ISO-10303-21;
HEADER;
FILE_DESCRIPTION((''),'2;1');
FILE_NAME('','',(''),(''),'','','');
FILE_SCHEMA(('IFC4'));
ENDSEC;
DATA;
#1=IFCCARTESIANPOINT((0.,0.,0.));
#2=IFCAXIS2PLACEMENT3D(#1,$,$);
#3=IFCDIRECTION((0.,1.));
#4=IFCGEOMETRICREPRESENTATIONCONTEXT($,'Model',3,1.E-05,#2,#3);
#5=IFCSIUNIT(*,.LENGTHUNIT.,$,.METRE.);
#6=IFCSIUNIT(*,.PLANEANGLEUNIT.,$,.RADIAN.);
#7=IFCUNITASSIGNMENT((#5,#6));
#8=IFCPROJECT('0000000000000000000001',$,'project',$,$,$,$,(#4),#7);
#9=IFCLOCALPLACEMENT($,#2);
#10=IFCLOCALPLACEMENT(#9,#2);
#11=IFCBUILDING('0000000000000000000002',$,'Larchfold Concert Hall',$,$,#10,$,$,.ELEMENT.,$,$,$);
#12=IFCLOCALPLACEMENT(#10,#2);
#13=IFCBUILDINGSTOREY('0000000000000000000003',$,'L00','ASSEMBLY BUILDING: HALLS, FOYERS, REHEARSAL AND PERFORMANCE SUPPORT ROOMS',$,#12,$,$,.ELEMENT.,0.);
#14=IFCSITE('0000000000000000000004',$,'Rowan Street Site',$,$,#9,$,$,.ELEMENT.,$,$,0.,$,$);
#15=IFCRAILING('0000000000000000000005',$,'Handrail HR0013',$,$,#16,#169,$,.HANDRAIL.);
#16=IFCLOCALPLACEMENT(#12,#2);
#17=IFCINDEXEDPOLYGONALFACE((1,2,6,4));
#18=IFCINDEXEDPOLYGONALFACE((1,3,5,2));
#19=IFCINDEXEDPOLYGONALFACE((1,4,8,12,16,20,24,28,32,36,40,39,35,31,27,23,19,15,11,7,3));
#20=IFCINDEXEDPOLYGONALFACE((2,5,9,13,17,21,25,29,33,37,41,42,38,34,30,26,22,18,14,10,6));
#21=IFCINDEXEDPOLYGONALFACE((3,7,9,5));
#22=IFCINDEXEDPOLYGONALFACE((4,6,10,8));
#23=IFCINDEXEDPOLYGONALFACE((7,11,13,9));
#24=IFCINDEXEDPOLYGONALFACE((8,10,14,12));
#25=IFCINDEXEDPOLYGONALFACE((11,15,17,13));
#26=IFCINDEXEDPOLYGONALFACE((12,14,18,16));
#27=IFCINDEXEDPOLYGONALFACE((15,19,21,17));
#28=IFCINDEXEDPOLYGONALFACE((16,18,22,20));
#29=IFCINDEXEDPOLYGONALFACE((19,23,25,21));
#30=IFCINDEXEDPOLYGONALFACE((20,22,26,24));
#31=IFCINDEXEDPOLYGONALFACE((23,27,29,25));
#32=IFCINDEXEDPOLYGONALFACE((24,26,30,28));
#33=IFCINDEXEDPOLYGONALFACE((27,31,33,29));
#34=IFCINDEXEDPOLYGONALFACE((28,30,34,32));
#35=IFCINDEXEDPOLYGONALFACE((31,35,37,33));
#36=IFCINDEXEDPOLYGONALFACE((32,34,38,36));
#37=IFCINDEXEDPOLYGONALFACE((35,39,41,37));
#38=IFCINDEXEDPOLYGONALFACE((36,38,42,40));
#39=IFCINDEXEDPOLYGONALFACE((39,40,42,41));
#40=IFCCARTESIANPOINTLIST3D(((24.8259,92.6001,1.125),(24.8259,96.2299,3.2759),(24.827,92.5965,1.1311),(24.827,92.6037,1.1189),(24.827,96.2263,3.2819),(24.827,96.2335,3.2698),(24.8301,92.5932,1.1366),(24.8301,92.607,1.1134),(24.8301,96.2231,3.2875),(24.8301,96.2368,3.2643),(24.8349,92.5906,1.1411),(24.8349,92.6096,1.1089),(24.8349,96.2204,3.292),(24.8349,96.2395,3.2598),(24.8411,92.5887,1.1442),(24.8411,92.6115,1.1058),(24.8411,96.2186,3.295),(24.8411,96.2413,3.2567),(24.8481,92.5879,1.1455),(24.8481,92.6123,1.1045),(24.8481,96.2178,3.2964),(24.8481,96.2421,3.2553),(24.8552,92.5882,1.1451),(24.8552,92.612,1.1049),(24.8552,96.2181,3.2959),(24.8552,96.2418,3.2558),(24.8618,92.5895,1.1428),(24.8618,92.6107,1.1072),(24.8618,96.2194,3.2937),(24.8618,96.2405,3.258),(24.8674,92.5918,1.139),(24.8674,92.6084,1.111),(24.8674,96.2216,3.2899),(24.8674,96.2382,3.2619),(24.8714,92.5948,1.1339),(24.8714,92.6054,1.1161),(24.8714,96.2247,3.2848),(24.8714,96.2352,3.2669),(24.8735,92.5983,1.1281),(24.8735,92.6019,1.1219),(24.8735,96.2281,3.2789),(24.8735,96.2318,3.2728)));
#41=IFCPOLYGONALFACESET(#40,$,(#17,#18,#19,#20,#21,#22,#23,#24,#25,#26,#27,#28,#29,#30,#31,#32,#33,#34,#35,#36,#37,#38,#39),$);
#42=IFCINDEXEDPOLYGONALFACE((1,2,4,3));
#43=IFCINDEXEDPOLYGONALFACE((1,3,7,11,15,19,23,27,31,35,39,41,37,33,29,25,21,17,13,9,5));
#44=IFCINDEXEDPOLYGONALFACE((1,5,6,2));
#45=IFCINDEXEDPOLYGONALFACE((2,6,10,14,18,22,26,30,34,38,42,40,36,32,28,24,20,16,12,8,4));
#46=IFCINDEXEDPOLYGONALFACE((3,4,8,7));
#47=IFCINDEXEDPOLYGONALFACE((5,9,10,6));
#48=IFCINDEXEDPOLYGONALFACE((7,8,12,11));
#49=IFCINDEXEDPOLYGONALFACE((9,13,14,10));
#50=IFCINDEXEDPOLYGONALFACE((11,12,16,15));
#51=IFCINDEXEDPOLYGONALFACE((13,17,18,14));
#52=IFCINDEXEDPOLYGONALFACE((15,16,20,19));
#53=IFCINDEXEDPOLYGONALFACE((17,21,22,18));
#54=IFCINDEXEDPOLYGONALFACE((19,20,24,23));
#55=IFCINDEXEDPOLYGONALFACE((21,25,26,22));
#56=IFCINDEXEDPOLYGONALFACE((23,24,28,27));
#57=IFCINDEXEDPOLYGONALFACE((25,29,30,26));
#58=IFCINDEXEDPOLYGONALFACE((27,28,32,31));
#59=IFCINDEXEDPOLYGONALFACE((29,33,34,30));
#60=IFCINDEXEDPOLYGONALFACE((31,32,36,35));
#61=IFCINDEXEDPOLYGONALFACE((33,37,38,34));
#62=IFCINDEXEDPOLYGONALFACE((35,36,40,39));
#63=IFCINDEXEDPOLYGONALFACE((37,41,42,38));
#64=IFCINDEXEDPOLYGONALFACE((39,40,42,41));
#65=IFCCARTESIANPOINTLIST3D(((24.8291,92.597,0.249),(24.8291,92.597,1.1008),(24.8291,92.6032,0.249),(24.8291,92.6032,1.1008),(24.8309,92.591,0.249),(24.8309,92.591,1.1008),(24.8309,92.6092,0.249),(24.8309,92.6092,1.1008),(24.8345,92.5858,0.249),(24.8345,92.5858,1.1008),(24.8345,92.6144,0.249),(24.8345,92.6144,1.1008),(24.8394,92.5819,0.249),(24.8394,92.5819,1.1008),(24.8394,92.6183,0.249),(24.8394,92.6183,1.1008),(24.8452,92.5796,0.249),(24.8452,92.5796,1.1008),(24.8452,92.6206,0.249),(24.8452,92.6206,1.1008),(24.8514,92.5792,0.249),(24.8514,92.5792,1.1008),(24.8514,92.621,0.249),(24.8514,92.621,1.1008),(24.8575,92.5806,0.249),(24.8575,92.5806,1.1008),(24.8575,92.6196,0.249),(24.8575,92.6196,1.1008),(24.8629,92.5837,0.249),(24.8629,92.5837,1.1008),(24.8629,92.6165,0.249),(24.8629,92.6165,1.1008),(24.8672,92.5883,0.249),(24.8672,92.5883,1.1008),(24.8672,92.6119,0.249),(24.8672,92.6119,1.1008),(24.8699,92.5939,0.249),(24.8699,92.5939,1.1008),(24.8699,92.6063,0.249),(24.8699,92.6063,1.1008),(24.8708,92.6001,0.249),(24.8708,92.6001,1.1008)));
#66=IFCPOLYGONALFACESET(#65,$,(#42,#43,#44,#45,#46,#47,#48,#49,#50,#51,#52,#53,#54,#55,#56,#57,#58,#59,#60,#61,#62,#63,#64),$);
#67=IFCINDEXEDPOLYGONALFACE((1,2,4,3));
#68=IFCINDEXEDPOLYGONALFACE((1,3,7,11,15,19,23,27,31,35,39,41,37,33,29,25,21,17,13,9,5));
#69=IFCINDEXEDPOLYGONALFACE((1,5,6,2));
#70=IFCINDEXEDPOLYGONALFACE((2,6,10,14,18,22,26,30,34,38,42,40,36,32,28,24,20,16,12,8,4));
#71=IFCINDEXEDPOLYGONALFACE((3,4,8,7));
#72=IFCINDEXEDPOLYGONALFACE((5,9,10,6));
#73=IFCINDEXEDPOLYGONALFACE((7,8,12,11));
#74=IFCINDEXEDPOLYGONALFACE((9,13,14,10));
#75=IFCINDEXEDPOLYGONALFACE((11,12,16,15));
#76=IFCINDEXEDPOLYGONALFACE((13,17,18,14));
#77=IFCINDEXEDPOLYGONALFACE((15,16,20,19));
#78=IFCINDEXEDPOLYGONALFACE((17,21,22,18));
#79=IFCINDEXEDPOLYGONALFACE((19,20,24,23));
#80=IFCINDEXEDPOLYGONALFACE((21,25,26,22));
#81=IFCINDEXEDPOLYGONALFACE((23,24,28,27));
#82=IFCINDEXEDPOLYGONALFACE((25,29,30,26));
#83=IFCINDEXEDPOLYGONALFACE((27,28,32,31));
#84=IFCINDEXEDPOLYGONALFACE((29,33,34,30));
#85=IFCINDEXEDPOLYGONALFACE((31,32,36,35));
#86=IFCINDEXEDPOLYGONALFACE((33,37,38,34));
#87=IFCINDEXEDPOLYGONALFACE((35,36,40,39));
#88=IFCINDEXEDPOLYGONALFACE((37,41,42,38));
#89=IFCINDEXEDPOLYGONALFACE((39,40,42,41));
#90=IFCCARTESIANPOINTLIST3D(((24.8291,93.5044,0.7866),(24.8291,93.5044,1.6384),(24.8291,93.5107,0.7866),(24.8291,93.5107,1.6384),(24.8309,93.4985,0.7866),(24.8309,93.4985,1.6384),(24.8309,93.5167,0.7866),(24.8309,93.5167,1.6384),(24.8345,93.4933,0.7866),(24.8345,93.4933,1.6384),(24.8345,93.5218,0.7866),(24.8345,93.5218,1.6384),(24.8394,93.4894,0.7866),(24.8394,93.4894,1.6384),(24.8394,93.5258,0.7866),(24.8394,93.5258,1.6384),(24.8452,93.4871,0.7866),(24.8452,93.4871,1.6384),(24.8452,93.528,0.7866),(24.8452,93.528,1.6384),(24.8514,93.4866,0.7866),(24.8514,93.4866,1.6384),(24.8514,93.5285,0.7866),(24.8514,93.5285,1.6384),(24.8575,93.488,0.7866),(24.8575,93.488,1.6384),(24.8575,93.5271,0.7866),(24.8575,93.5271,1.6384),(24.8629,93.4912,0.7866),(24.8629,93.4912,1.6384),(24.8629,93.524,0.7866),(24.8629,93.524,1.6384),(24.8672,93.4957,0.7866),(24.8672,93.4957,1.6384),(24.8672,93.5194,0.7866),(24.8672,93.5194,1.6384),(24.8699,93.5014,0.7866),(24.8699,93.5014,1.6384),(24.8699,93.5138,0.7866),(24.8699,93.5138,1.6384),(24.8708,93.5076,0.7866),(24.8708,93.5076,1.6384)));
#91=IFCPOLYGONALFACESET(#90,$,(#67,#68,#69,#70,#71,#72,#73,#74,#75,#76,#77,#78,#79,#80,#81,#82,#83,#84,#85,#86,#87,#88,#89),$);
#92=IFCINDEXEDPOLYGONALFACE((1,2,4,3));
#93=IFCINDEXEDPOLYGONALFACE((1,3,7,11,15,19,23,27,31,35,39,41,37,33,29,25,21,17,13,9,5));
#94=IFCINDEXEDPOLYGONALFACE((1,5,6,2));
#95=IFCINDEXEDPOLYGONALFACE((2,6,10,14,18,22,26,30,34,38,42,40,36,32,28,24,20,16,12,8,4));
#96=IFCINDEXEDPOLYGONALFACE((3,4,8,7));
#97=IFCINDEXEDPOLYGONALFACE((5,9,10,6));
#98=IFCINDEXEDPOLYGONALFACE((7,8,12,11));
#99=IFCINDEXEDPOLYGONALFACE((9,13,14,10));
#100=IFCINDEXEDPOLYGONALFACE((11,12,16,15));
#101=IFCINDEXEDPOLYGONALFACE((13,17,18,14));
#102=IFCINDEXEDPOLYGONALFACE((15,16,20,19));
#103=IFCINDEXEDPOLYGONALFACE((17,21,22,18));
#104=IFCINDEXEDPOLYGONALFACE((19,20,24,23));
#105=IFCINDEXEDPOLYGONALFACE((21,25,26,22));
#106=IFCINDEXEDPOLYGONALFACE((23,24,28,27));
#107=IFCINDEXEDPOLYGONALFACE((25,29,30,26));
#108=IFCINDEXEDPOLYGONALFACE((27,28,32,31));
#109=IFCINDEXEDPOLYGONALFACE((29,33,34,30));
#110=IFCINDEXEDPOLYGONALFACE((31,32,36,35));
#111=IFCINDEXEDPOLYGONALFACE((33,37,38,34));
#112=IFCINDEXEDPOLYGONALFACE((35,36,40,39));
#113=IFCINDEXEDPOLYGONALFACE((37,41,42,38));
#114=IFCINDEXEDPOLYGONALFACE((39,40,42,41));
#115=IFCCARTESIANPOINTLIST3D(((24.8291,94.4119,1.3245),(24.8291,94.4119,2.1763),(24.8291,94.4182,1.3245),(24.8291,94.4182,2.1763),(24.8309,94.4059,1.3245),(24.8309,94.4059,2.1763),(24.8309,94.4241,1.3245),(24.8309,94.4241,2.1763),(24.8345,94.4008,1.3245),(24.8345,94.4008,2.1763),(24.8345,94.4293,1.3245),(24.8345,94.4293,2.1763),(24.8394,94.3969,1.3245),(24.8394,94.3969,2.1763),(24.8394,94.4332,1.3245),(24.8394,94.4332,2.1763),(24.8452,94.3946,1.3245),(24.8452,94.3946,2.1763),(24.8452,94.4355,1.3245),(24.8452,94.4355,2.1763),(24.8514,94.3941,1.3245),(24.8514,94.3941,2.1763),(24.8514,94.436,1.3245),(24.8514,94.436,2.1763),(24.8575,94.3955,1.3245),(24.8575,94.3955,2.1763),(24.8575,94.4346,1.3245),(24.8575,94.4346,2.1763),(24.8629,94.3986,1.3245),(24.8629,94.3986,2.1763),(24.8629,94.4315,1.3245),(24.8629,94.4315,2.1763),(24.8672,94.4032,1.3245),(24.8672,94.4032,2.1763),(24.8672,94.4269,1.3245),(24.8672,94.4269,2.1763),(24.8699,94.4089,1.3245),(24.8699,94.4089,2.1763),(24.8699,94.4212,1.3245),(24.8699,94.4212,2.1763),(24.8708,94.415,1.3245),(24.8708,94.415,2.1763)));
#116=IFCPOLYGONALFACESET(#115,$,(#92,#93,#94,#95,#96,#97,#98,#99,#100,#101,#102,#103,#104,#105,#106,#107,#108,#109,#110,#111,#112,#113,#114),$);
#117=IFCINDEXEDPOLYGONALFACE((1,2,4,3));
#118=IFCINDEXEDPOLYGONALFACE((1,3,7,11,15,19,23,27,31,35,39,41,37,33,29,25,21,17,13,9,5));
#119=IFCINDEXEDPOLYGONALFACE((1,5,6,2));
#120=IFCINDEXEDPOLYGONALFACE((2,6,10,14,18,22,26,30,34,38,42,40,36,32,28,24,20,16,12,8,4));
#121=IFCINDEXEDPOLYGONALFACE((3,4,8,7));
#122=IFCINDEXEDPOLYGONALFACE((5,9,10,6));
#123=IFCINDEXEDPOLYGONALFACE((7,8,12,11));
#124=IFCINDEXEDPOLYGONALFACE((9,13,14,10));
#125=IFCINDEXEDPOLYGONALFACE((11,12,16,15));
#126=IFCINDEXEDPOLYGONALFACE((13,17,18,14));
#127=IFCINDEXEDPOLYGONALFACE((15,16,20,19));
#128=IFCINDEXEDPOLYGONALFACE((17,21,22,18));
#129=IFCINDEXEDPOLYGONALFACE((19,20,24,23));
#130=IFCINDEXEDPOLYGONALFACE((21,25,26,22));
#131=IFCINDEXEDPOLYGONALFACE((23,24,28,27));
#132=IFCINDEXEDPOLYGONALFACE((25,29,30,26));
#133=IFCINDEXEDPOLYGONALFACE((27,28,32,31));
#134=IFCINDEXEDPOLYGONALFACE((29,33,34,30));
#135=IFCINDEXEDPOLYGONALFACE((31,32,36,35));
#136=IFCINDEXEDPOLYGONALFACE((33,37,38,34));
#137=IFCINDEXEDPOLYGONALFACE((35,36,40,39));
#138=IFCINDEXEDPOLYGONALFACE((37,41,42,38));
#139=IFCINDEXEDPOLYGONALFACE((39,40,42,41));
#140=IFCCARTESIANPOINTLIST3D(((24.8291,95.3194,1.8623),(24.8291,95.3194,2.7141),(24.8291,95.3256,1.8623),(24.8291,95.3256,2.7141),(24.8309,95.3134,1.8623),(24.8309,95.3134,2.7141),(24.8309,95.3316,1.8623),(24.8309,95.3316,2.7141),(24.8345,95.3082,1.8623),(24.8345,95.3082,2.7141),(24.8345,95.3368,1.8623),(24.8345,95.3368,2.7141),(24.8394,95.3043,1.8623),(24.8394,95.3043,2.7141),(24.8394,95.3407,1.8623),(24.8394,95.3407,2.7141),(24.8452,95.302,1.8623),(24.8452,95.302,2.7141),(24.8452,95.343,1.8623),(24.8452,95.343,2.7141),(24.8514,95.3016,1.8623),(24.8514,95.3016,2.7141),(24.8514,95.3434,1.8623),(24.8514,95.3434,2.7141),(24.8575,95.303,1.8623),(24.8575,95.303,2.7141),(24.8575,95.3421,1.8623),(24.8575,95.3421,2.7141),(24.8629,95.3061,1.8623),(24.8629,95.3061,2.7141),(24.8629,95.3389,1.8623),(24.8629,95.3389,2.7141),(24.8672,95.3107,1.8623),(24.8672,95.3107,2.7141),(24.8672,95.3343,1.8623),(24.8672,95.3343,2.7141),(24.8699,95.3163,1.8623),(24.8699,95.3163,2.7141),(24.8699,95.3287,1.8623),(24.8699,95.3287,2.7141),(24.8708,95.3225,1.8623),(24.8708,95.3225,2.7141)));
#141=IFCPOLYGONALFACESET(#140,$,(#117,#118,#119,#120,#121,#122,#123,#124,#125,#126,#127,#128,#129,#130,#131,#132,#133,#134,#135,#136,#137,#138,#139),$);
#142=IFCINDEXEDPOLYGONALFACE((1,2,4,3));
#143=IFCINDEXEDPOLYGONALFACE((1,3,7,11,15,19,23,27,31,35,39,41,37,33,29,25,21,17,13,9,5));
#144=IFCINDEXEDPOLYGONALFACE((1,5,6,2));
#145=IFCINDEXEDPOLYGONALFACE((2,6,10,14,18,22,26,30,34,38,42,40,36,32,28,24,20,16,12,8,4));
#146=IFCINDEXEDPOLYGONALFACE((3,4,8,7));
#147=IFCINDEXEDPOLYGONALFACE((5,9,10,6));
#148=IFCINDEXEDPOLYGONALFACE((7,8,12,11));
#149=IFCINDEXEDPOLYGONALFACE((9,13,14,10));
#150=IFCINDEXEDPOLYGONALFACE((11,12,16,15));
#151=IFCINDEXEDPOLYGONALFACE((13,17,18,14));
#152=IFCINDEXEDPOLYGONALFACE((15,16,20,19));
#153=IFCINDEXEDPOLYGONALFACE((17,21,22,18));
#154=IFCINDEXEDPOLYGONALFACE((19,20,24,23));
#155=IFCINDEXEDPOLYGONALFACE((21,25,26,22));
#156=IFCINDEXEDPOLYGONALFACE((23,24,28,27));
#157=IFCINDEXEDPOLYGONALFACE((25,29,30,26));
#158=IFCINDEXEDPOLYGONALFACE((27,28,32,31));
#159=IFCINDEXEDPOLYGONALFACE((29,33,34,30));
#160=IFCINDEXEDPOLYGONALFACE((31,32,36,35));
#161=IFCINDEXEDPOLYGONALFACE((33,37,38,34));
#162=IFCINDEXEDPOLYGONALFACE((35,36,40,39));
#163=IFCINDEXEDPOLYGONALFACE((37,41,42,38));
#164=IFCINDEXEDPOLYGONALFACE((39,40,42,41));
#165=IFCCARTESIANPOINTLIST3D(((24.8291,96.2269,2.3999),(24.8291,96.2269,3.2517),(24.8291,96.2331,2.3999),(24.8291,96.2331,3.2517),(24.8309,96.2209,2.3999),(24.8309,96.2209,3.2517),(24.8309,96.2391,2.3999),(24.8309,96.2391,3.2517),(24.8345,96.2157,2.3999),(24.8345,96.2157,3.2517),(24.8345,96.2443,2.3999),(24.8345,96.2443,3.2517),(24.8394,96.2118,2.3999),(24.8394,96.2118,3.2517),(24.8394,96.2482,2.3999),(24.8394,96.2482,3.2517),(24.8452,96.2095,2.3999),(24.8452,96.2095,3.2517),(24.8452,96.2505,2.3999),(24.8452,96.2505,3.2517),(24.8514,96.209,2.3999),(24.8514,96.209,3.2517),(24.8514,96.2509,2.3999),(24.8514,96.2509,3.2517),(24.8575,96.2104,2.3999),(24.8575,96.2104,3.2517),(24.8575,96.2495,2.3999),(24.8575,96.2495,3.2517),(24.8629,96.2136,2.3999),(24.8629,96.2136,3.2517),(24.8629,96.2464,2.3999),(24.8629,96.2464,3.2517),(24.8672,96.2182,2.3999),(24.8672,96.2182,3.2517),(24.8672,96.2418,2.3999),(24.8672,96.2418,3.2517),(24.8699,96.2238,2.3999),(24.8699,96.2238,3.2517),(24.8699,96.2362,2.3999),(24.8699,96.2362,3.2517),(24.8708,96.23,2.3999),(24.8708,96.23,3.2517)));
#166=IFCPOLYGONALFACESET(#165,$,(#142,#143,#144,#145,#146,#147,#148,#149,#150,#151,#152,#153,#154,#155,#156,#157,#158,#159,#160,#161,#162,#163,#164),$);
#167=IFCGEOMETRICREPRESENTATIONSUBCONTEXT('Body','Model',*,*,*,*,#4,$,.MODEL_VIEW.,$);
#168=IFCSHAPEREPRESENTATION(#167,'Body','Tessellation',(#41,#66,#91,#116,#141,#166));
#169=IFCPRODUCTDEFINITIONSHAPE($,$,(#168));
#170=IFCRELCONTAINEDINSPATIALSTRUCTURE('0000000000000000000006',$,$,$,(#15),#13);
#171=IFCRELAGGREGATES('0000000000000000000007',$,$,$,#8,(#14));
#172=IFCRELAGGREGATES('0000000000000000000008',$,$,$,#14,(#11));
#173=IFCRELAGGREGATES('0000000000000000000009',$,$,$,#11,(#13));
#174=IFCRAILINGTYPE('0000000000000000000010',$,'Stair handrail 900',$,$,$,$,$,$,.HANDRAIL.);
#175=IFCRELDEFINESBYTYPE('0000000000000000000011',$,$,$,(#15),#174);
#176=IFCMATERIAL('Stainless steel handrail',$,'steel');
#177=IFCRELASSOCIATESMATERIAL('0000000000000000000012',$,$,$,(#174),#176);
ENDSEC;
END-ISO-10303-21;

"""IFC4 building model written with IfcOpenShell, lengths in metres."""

from ifc_helpers import new_model, si_unit, direction, frame, origin, origin_2d, place, context, subcontext, project, spatial, circle, extrude, material, type_object, element, save


model = new_model("IFC4")

# Units and contexts
model_context = context("Model", 3, precision=1e-05, world=origin(), true_north=direction((0.0, 1.0)))
body_context = subcontext(model_context, "Body", "Model", "MODEL_VIEW")
ifc_project = project(units=[si_unit("LENGTHUNIT", "METRE"), si_unit("PLANEANGLEUNIT", "RADIAN")], contexts=[model_context])

# Site, building, storey
site_placement = place(None, origin())
site = spatial("IfcSite", under=ifc_project, at=site_placement, Name="Rowan Street Site", CompositionType="ELEMENT", RefElevation=0.0)
building_placement = place(site_placement, origin())
building = spatial("IfcBuilding", under=site, at=building_placement, Name="Larchfold Concert Hall", CompositionType="ELEMENT")
storey_placement = place(building_placement, origin())
storey = spatial("IfcBuildingStorey", under=building, at=storey_placement, Name="L00", Description="ASSEMBLY BUILDING: HALLS, FOYERS, REHEARSAL AND PERFORMANCE SUPPORT ROOMS", CompositionType="ELEMENT", Elevation=0.0)

# Railing
ifc_material_1 = material(Name="Stainless steel handrail", Category="steel")
railing_type_1 = type_object("IfcRailingType", Name="Stair handrail 900", PredefinedType="HANDRAIL", material=ifc_material_1)
railing_1_placement = place(storey_placement, frame((24.8499, 92.6001, 0.249)))
element("IfcRailing", 1, at=railing_1_placement, inside=storey, type_object=railing_type_1, Name="Handrail HR0013", PredefinedType="HANDRAIL", context=body_context, shape_type="SweptSolid", body=[
    extrude(circle(Radius=0.0239, at=origin_2d()), frame((0.0, 0.0, 0.876), z_axis=(0.0, 0.860308, 0.509774), x_axis=(-1.0, 0.0, 0.0)), (0.0, 0.0, 1.0), 4.2192),
    extrude(circle(Radius=0.021, at=origin_2d()), origin(), (0.0, 0.0, 1.0), 0.8518),
    extrude(circle(Radius=0.021, at=origin_2d()), frame((0.0, 0.9075, 0.5376)), (0.0, 0.0, 1.0), 0.8518),
    extrude(circle(Radius=0.021, at=origin_2d()), frame((0.0, 1.8149, 1.0754)), (0.0, 0.0, 1.0), 0.8518),
    extrude(circle(Radius=0.021, at=origin_2d()), frame((0.0, 2.7224, 1.6133)), (0.0, 0.0, 1.0), 0.8518),
    extrude(circle(Radius=0.021, at=origin_2d()), frame((0.0, 3.6299, 2.1509)), (0.0, 0.0, 1.0), 0.8518),
])

save(model, "model.ifc")
